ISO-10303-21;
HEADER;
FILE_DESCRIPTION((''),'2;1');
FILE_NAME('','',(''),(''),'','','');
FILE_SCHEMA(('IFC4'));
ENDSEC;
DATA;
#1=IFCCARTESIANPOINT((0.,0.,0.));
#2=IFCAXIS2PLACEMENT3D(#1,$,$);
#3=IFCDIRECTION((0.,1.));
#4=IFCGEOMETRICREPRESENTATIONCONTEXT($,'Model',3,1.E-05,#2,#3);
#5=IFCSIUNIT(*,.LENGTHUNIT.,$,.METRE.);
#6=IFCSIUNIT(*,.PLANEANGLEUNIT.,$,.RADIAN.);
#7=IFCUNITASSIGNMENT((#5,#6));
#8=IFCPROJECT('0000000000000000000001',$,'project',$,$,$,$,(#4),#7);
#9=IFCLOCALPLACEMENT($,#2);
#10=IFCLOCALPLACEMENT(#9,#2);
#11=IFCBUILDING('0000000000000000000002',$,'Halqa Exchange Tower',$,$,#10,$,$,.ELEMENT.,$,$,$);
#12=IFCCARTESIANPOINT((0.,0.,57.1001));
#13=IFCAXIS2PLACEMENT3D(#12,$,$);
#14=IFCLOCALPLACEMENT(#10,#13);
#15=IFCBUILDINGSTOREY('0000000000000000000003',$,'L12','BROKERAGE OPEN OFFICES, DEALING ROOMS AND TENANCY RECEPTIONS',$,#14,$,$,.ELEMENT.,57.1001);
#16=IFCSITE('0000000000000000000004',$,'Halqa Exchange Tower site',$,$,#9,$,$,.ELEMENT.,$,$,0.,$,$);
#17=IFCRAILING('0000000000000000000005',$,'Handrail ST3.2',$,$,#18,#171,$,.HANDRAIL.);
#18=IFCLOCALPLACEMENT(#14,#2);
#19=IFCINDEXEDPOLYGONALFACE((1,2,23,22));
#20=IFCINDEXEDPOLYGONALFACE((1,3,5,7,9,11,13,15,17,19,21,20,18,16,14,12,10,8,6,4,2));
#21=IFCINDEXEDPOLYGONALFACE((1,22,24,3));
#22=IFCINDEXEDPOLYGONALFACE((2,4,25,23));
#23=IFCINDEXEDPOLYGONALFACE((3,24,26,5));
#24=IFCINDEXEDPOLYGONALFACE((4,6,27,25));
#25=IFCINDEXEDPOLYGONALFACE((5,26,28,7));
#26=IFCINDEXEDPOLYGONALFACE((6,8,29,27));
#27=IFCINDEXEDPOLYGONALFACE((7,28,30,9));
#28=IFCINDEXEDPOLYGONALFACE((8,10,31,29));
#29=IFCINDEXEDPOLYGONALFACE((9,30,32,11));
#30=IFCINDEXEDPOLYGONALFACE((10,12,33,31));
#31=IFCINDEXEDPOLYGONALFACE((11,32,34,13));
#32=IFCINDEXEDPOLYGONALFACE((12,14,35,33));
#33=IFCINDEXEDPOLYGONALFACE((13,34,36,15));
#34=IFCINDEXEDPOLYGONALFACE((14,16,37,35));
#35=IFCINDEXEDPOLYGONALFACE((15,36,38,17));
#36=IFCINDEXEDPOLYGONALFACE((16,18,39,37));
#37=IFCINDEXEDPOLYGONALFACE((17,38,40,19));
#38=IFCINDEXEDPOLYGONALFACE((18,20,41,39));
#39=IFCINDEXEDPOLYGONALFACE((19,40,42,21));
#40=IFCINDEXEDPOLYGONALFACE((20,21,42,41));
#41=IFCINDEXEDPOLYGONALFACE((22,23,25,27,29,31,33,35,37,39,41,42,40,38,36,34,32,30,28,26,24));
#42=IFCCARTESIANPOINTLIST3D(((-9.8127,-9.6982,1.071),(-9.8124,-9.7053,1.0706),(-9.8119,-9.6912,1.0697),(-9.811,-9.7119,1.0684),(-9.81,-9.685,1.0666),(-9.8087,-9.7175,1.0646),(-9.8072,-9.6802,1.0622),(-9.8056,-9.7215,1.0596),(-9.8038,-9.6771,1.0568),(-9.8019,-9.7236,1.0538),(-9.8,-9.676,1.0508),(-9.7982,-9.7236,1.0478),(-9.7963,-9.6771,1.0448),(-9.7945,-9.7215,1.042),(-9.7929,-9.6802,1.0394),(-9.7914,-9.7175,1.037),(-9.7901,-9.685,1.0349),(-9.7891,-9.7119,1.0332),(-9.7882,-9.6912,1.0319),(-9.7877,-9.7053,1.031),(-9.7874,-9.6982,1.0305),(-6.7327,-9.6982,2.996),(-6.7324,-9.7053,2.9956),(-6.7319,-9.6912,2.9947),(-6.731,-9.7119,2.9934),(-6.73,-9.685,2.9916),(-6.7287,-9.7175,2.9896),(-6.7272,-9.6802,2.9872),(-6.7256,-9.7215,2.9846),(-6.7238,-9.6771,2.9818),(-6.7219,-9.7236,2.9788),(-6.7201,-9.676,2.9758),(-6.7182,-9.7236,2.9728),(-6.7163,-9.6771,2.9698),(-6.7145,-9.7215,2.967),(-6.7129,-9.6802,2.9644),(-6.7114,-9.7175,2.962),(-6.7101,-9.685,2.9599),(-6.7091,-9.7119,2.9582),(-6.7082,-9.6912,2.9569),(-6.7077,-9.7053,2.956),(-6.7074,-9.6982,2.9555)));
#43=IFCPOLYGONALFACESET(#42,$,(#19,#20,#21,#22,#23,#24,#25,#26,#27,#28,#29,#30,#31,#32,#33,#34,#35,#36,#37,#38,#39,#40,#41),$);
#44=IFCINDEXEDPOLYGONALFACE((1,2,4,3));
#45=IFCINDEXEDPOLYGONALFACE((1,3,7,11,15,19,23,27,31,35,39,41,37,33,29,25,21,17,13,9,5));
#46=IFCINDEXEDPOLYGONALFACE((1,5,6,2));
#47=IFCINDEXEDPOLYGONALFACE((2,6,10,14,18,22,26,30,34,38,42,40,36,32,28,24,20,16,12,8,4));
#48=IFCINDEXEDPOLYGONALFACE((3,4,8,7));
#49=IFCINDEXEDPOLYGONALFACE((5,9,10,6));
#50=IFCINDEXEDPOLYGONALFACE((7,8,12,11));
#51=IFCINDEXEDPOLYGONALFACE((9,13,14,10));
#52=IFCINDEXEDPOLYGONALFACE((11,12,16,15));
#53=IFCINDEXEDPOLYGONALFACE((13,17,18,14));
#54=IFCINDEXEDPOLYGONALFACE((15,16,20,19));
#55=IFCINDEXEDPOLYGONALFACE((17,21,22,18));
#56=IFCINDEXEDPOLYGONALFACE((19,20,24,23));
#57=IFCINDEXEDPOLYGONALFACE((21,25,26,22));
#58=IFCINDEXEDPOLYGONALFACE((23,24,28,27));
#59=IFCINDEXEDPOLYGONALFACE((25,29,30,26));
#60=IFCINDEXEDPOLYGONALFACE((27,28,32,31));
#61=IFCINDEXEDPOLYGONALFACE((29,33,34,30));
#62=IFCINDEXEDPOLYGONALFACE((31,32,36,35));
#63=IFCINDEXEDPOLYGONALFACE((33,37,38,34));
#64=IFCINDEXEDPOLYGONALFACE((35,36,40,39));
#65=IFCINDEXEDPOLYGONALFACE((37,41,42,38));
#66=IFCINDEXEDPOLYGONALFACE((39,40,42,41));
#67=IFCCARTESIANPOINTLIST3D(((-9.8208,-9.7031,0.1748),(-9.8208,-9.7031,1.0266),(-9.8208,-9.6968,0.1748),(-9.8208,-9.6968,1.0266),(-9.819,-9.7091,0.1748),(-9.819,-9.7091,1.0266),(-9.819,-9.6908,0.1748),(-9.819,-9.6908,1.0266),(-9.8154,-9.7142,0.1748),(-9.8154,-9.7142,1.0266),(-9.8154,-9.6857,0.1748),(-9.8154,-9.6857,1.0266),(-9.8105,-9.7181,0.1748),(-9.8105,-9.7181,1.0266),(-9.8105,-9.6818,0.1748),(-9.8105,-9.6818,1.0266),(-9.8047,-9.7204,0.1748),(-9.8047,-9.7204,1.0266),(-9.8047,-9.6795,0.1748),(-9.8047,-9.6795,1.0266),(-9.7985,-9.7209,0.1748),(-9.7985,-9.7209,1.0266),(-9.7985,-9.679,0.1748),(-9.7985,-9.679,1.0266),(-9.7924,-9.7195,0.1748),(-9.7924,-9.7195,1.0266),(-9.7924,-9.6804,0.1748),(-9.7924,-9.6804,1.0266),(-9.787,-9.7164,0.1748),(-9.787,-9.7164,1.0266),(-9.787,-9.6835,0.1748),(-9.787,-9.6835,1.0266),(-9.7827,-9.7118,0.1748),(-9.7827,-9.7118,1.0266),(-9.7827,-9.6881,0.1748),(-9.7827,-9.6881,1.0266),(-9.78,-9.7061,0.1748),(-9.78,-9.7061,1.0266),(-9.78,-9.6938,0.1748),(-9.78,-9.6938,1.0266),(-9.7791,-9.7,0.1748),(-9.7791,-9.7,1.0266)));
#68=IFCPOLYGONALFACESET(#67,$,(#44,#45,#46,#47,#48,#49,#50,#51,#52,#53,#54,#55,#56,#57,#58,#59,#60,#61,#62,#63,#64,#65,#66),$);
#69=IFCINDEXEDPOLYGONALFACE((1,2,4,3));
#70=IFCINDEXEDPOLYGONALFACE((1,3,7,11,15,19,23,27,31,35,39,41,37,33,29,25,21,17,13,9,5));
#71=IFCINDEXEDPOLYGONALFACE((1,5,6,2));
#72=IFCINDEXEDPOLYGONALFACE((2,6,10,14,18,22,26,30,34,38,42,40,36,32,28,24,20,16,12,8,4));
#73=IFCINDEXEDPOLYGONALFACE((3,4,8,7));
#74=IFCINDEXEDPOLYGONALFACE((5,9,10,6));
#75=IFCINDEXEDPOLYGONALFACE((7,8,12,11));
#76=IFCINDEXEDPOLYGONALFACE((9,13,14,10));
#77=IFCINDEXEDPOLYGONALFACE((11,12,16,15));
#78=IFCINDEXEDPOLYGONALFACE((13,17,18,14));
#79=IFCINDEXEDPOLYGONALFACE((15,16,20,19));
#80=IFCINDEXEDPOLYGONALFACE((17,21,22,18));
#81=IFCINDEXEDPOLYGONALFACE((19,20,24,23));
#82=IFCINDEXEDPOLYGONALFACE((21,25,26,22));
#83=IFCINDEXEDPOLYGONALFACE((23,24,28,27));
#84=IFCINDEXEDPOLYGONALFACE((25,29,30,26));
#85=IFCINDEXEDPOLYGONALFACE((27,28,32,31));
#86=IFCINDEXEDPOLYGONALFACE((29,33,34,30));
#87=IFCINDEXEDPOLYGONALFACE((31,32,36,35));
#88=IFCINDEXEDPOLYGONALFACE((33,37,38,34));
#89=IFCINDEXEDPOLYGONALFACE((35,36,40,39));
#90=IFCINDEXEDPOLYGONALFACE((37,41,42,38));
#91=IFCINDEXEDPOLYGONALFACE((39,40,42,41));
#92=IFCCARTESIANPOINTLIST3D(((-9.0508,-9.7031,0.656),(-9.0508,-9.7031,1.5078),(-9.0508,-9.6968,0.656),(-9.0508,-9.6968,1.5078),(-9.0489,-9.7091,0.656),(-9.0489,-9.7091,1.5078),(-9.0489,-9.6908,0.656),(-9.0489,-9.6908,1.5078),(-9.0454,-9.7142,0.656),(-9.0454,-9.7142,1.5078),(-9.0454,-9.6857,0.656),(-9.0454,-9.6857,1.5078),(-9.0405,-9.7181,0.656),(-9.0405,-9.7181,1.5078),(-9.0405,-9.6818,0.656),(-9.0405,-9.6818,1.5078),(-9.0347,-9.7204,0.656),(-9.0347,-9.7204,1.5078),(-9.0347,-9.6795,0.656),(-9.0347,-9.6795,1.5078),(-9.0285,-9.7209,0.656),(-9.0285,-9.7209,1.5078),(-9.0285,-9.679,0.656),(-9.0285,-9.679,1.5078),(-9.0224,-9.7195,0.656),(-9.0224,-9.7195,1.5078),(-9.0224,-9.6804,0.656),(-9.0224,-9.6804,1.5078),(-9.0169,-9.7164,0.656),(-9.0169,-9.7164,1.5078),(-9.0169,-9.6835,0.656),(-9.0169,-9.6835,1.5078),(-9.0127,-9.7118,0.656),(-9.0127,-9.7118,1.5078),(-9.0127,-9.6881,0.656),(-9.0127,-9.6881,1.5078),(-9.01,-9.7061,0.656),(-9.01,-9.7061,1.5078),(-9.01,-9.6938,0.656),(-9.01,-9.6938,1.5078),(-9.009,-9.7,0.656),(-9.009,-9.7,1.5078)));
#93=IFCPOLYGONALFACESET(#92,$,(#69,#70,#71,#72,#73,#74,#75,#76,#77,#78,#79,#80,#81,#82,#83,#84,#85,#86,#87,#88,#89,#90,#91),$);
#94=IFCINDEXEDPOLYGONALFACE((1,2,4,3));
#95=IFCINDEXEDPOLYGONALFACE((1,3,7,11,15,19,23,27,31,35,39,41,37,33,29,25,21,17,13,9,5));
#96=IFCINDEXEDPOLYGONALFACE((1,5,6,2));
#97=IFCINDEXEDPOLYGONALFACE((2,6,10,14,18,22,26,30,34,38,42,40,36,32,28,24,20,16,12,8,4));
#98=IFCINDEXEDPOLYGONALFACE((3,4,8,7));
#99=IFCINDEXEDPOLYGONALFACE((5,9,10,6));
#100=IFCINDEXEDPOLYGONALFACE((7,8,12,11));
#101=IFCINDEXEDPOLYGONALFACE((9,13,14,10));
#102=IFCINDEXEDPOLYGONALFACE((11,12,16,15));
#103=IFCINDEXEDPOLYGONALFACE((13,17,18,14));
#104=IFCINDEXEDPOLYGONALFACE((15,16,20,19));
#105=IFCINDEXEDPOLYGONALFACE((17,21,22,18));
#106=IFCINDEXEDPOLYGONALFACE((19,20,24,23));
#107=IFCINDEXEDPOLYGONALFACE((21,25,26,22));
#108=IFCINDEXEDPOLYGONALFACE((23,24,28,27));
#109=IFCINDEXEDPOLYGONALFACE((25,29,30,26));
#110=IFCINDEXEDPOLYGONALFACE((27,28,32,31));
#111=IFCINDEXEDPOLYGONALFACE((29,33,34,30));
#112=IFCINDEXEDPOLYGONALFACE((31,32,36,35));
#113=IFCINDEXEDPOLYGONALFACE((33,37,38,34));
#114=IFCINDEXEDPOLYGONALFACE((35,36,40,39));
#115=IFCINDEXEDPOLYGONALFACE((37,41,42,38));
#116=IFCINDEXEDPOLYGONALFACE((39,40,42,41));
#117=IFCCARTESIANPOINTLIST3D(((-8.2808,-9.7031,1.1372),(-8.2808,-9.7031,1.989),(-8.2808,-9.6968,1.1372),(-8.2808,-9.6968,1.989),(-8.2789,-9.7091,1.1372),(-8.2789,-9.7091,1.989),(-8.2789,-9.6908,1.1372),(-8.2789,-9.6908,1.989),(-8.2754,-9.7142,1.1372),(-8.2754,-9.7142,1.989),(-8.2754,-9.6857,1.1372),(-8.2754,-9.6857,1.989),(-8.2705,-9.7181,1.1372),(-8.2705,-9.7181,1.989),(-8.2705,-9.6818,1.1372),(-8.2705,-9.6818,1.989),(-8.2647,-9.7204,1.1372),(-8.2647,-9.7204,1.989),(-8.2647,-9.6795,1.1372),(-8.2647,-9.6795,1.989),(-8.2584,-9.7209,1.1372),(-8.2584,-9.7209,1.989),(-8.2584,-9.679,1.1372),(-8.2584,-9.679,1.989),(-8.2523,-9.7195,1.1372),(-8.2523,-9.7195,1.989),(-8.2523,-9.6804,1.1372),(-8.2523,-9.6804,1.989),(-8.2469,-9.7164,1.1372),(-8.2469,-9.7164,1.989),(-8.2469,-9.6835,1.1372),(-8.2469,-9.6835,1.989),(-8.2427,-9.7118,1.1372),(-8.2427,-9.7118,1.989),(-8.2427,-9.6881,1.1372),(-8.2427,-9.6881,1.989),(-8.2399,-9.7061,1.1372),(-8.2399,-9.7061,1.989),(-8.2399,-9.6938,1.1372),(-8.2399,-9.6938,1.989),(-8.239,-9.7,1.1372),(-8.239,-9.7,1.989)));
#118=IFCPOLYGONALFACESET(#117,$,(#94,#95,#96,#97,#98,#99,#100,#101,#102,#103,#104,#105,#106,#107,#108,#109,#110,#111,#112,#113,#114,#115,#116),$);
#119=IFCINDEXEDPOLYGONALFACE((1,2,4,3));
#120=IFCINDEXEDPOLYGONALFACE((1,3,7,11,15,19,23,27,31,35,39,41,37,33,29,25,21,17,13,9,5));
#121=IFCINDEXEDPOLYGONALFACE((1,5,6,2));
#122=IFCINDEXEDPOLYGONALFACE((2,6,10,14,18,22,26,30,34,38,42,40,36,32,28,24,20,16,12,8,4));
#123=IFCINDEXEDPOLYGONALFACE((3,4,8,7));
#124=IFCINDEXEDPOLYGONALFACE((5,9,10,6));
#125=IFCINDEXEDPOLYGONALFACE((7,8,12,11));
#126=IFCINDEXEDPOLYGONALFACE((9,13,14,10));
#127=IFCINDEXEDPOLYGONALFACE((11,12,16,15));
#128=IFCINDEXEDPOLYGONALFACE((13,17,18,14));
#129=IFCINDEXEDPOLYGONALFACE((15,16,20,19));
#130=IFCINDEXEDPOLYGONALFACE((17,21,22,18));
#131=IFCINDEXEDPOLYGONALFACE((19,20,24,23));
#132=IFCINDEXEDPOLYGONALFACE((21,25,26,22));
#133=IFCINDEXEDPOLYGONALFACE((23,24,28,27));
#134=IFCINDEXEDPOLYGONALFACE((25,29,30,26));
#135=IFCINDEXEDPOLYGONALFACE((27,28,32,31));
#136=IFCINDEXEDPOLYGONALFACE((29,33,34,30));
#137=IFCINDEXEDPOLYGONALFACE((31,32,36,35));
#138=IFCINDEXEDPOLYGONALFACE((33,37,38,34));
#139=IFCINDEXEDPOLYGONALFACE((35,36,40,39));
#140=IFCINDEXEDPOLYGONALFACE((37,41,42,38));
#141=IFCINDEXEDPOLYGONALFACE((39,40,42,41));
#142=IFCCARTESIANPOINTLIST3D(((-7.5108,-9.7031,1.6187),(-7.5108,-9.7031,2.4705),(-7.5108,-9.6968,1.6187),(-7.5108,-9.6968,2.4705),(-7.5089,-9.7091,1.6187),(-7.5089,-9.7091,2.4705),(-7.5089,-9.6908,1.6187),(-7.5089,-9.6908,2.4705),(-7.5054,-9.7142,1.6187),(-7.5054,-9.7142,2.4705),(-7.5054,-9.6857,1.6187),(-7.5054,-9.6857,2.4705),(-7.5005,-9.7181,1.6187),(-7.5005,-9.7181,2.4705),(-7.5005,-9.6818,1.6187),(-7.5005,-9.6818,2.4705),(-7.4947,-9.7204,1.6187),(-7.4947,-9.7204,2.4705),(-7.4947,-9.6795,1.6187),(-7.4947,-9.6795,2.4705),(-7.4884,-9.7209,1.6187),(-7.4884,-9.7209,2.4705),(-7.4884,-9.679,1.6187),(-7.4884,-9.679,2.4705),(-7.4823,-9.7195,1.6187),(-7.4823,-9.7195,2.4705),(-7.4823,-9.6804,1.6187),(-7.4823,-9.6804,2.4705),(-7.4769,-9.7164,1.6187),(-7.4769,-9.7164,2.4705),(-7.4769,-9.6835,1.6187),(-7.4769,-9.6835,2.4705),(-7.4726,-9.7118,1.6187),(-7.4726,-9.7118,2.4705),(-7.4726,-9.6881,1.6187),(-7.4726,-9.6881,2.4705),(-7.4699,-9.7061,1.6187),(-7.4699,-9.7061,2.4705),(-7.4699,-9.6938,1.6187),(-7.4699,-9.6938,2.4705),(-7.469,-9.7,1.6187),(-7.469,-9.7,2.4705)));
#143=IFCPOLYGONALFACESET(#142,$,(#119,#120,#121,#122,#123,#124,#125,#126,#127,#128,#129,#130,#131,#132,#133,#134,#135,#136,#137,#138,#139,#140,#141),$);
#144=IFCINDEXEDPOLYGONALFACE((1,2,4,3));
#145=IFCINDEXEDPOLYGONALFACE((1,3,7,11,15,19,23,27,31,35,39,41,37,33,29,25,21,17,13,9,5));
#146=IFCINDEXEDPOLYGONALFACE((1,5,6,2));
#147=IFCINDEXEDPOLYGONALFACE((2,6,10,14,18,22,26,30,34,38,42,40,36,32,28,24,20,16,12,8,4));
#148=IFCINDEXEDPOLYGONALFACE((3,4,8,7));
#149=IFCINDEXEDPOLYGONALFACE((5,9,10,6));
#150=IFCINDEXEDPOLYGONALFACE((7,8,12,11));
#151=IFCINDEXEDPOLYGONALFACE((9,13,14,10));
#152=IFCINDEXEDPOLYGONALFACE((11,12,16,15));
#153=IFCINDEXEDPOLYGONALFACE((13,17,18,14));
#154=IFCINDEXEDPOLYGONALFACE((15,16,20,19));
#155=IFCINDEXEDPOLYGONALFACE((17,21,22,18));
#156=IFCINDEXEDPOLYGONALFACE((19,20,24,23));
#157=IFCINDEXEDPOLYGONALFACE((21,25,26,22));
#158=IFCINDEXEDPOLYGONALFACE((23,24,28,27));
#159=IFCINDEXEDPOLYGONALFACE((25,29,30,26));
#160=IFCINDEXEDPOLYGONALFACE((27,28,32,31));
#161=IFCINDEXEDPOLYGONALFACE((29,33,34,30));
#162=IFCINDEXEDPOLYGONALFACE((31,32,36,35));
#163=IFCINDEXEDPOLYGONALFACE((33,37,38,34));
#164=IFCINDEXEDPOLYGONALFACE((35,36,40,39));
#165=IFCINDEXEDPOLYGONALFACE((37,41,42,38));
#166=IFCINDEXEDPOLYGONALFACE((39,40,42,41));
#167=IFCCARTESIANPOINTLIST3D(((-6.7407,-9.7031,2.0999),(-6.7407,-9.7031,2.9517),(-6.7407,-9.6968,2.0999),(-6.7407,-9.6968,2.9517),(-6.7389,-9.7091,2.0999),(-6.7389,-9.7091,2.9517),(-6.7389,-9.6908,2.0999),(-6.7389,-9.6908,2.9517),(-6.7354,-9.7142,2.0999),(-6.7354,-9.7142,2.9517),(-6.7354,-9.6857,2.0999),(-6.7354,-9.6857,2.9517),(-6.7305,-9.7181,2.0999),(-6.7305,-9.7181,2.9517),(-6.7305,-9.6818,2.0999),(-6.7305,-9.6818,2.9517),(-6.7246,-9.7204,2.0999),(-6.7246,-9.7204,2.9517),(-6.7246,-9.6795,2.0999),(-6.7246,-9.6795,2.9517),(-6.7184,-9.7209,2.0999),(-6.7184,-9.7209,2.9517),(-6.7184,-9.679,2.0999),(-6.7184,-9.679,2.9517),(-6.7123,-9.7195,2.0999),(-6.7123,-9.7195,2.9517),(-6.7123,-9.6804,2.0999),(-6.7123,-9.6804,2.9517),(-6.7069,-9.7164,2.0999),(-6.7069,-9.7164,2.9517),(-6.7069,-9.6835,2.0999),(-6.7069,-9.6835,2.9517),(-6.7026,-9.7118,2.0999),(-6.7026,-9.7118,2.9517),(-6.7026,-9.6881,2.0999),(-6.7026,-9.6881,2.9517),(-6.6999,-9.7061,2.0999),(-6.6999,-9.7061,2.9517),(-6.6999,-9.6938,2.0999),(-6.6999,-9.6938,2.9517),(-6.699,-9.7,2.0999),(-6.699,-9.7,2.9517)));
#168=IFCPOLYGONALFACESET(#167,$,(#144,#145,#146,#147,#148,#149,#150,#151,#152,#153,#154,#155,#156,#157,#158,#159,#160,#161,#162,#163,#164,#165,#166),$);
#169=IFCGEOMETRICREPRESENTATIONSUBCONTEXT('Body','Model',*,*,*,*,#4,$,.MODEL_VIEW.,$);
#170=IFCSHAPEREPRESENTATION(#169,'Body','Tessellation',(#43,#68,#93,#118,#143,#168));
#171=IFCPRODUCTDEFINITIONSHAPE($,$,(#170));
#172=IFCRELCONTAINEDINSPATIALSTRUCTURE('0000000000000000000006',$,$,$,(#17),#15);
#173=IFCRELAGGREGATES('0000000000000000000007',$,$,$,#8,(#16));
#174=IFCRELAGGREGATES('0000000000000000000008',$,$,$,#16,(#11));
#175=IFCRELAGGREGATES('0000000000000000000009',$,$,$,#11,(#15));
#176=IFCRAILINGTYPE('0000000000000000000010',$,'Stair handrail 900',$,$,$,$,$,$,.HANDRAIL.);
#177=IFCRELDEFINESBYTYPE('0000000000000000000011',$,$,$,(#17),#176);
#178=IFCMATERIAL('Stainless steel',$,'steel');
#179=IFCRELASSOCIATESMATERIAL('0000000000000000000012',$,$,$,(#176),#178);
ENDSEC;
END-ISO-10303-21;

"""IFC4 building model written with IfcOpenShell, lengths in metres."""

from ifc_helpers import new_model, si_unit, direction, frame, origin, origin_2d, place, context, subcontext, project, spatial, circle, extrude, material, type_object, element, save


model = new_model("IFC4")

# Units and contexts
model_context = context("Model", 3, precision=1e-05, world=origin(), true_north=direction((0.0, 1.0)))
body_context = subcontext(model_context, "Body", "Model", "MODEL_VIEW")
ifc_project = project(units=[si_unit("LENGTHUNIT", "METRE"), si_unit("PLANEANGLEUNIT", "RADIAN")], contexts=[model_context])

# Site, building, storey
site_placement = place(None, origin())
site = spatial("IfcSite", under=ifc_project, at=site_placement, Name="Halqa Exchange Tower site", CompositionType="ELEMENT", RefElevation=0.0)
building_placement = place(site_placement, origin())
building = spatial("IfcBuilding", under=site, at=building_placement, Name="Halqa Exchange Tower", CompositionType="ELEMENT")
storey_placement = place(building_placement, frame((0.0, 0.0, 57.1001)))
storey = spatial("IfcBuildingStorey", under=building, at=storey_placement, Name="L12", Description="BROKERAGE OPEN OFFICES, DEALING ROOMS AND TENANCY RECEPTIONS", CompositionType="ELEMENT", Elevation=57.1001)

# Shared definitions
ifc_material_1 = material(Name="Stainless steel", Category="steel")

# Railing
railing_type_1 = type_object("IfcRailingType", Name="Stair handrail 900", PredefinedType="HANDRAIL", material=ifc_material_1)
railing_1_placement = place(storey_placement, frame((-9.8, -9.7, 0.1748)))
element("IfcRailing", 1, at=railing_1_placement, inside=storey, type_object=railing_type_1, Name="Handrail ST3.2", PredefinedType="HANDRAIL", context=body_context, shape_type="SweptSolid", body=[
    extrude(circle(Radius=0.0239, at=origin_2d()), frame((0.0, 0.0, 0.876), z_axis=(0.847998, 0.0, 0.529999), x_axis=(0.0, 1.0, 0.0)), (0.0, 0.0, 1.0), 3.6321),
    extrude(circle(Radius=0.021, at=origin_2d()), origin(), (0.0, 0.0, 1.0), 0.8518),
    extrude(circle(Radius=0.021, at=origin_2d()), frame((0.77, 0.0, 0.4812)), (0.0, 0.0, 1.0), 0.8518),
    extrude(circle(Radius=0.021, at=origin_2d()), frame((1.54, 0.0, 0.9624)), (0.0, 0.0, 1.0), 0.8518),
    extrude(circle(Radius=0.021, at=origin_2d()), frame((2.3101, 0.0, 1.4438)), (0.0, 0.0, 1.0), 0.8518),
    extrude(circle(Radius=0.021, at=origin_2d()), frame((3.0801, 0.0, 1.925)), (0.0, 0.0, 1.0), 0.8518),
])

save(model, "model.ifc")
